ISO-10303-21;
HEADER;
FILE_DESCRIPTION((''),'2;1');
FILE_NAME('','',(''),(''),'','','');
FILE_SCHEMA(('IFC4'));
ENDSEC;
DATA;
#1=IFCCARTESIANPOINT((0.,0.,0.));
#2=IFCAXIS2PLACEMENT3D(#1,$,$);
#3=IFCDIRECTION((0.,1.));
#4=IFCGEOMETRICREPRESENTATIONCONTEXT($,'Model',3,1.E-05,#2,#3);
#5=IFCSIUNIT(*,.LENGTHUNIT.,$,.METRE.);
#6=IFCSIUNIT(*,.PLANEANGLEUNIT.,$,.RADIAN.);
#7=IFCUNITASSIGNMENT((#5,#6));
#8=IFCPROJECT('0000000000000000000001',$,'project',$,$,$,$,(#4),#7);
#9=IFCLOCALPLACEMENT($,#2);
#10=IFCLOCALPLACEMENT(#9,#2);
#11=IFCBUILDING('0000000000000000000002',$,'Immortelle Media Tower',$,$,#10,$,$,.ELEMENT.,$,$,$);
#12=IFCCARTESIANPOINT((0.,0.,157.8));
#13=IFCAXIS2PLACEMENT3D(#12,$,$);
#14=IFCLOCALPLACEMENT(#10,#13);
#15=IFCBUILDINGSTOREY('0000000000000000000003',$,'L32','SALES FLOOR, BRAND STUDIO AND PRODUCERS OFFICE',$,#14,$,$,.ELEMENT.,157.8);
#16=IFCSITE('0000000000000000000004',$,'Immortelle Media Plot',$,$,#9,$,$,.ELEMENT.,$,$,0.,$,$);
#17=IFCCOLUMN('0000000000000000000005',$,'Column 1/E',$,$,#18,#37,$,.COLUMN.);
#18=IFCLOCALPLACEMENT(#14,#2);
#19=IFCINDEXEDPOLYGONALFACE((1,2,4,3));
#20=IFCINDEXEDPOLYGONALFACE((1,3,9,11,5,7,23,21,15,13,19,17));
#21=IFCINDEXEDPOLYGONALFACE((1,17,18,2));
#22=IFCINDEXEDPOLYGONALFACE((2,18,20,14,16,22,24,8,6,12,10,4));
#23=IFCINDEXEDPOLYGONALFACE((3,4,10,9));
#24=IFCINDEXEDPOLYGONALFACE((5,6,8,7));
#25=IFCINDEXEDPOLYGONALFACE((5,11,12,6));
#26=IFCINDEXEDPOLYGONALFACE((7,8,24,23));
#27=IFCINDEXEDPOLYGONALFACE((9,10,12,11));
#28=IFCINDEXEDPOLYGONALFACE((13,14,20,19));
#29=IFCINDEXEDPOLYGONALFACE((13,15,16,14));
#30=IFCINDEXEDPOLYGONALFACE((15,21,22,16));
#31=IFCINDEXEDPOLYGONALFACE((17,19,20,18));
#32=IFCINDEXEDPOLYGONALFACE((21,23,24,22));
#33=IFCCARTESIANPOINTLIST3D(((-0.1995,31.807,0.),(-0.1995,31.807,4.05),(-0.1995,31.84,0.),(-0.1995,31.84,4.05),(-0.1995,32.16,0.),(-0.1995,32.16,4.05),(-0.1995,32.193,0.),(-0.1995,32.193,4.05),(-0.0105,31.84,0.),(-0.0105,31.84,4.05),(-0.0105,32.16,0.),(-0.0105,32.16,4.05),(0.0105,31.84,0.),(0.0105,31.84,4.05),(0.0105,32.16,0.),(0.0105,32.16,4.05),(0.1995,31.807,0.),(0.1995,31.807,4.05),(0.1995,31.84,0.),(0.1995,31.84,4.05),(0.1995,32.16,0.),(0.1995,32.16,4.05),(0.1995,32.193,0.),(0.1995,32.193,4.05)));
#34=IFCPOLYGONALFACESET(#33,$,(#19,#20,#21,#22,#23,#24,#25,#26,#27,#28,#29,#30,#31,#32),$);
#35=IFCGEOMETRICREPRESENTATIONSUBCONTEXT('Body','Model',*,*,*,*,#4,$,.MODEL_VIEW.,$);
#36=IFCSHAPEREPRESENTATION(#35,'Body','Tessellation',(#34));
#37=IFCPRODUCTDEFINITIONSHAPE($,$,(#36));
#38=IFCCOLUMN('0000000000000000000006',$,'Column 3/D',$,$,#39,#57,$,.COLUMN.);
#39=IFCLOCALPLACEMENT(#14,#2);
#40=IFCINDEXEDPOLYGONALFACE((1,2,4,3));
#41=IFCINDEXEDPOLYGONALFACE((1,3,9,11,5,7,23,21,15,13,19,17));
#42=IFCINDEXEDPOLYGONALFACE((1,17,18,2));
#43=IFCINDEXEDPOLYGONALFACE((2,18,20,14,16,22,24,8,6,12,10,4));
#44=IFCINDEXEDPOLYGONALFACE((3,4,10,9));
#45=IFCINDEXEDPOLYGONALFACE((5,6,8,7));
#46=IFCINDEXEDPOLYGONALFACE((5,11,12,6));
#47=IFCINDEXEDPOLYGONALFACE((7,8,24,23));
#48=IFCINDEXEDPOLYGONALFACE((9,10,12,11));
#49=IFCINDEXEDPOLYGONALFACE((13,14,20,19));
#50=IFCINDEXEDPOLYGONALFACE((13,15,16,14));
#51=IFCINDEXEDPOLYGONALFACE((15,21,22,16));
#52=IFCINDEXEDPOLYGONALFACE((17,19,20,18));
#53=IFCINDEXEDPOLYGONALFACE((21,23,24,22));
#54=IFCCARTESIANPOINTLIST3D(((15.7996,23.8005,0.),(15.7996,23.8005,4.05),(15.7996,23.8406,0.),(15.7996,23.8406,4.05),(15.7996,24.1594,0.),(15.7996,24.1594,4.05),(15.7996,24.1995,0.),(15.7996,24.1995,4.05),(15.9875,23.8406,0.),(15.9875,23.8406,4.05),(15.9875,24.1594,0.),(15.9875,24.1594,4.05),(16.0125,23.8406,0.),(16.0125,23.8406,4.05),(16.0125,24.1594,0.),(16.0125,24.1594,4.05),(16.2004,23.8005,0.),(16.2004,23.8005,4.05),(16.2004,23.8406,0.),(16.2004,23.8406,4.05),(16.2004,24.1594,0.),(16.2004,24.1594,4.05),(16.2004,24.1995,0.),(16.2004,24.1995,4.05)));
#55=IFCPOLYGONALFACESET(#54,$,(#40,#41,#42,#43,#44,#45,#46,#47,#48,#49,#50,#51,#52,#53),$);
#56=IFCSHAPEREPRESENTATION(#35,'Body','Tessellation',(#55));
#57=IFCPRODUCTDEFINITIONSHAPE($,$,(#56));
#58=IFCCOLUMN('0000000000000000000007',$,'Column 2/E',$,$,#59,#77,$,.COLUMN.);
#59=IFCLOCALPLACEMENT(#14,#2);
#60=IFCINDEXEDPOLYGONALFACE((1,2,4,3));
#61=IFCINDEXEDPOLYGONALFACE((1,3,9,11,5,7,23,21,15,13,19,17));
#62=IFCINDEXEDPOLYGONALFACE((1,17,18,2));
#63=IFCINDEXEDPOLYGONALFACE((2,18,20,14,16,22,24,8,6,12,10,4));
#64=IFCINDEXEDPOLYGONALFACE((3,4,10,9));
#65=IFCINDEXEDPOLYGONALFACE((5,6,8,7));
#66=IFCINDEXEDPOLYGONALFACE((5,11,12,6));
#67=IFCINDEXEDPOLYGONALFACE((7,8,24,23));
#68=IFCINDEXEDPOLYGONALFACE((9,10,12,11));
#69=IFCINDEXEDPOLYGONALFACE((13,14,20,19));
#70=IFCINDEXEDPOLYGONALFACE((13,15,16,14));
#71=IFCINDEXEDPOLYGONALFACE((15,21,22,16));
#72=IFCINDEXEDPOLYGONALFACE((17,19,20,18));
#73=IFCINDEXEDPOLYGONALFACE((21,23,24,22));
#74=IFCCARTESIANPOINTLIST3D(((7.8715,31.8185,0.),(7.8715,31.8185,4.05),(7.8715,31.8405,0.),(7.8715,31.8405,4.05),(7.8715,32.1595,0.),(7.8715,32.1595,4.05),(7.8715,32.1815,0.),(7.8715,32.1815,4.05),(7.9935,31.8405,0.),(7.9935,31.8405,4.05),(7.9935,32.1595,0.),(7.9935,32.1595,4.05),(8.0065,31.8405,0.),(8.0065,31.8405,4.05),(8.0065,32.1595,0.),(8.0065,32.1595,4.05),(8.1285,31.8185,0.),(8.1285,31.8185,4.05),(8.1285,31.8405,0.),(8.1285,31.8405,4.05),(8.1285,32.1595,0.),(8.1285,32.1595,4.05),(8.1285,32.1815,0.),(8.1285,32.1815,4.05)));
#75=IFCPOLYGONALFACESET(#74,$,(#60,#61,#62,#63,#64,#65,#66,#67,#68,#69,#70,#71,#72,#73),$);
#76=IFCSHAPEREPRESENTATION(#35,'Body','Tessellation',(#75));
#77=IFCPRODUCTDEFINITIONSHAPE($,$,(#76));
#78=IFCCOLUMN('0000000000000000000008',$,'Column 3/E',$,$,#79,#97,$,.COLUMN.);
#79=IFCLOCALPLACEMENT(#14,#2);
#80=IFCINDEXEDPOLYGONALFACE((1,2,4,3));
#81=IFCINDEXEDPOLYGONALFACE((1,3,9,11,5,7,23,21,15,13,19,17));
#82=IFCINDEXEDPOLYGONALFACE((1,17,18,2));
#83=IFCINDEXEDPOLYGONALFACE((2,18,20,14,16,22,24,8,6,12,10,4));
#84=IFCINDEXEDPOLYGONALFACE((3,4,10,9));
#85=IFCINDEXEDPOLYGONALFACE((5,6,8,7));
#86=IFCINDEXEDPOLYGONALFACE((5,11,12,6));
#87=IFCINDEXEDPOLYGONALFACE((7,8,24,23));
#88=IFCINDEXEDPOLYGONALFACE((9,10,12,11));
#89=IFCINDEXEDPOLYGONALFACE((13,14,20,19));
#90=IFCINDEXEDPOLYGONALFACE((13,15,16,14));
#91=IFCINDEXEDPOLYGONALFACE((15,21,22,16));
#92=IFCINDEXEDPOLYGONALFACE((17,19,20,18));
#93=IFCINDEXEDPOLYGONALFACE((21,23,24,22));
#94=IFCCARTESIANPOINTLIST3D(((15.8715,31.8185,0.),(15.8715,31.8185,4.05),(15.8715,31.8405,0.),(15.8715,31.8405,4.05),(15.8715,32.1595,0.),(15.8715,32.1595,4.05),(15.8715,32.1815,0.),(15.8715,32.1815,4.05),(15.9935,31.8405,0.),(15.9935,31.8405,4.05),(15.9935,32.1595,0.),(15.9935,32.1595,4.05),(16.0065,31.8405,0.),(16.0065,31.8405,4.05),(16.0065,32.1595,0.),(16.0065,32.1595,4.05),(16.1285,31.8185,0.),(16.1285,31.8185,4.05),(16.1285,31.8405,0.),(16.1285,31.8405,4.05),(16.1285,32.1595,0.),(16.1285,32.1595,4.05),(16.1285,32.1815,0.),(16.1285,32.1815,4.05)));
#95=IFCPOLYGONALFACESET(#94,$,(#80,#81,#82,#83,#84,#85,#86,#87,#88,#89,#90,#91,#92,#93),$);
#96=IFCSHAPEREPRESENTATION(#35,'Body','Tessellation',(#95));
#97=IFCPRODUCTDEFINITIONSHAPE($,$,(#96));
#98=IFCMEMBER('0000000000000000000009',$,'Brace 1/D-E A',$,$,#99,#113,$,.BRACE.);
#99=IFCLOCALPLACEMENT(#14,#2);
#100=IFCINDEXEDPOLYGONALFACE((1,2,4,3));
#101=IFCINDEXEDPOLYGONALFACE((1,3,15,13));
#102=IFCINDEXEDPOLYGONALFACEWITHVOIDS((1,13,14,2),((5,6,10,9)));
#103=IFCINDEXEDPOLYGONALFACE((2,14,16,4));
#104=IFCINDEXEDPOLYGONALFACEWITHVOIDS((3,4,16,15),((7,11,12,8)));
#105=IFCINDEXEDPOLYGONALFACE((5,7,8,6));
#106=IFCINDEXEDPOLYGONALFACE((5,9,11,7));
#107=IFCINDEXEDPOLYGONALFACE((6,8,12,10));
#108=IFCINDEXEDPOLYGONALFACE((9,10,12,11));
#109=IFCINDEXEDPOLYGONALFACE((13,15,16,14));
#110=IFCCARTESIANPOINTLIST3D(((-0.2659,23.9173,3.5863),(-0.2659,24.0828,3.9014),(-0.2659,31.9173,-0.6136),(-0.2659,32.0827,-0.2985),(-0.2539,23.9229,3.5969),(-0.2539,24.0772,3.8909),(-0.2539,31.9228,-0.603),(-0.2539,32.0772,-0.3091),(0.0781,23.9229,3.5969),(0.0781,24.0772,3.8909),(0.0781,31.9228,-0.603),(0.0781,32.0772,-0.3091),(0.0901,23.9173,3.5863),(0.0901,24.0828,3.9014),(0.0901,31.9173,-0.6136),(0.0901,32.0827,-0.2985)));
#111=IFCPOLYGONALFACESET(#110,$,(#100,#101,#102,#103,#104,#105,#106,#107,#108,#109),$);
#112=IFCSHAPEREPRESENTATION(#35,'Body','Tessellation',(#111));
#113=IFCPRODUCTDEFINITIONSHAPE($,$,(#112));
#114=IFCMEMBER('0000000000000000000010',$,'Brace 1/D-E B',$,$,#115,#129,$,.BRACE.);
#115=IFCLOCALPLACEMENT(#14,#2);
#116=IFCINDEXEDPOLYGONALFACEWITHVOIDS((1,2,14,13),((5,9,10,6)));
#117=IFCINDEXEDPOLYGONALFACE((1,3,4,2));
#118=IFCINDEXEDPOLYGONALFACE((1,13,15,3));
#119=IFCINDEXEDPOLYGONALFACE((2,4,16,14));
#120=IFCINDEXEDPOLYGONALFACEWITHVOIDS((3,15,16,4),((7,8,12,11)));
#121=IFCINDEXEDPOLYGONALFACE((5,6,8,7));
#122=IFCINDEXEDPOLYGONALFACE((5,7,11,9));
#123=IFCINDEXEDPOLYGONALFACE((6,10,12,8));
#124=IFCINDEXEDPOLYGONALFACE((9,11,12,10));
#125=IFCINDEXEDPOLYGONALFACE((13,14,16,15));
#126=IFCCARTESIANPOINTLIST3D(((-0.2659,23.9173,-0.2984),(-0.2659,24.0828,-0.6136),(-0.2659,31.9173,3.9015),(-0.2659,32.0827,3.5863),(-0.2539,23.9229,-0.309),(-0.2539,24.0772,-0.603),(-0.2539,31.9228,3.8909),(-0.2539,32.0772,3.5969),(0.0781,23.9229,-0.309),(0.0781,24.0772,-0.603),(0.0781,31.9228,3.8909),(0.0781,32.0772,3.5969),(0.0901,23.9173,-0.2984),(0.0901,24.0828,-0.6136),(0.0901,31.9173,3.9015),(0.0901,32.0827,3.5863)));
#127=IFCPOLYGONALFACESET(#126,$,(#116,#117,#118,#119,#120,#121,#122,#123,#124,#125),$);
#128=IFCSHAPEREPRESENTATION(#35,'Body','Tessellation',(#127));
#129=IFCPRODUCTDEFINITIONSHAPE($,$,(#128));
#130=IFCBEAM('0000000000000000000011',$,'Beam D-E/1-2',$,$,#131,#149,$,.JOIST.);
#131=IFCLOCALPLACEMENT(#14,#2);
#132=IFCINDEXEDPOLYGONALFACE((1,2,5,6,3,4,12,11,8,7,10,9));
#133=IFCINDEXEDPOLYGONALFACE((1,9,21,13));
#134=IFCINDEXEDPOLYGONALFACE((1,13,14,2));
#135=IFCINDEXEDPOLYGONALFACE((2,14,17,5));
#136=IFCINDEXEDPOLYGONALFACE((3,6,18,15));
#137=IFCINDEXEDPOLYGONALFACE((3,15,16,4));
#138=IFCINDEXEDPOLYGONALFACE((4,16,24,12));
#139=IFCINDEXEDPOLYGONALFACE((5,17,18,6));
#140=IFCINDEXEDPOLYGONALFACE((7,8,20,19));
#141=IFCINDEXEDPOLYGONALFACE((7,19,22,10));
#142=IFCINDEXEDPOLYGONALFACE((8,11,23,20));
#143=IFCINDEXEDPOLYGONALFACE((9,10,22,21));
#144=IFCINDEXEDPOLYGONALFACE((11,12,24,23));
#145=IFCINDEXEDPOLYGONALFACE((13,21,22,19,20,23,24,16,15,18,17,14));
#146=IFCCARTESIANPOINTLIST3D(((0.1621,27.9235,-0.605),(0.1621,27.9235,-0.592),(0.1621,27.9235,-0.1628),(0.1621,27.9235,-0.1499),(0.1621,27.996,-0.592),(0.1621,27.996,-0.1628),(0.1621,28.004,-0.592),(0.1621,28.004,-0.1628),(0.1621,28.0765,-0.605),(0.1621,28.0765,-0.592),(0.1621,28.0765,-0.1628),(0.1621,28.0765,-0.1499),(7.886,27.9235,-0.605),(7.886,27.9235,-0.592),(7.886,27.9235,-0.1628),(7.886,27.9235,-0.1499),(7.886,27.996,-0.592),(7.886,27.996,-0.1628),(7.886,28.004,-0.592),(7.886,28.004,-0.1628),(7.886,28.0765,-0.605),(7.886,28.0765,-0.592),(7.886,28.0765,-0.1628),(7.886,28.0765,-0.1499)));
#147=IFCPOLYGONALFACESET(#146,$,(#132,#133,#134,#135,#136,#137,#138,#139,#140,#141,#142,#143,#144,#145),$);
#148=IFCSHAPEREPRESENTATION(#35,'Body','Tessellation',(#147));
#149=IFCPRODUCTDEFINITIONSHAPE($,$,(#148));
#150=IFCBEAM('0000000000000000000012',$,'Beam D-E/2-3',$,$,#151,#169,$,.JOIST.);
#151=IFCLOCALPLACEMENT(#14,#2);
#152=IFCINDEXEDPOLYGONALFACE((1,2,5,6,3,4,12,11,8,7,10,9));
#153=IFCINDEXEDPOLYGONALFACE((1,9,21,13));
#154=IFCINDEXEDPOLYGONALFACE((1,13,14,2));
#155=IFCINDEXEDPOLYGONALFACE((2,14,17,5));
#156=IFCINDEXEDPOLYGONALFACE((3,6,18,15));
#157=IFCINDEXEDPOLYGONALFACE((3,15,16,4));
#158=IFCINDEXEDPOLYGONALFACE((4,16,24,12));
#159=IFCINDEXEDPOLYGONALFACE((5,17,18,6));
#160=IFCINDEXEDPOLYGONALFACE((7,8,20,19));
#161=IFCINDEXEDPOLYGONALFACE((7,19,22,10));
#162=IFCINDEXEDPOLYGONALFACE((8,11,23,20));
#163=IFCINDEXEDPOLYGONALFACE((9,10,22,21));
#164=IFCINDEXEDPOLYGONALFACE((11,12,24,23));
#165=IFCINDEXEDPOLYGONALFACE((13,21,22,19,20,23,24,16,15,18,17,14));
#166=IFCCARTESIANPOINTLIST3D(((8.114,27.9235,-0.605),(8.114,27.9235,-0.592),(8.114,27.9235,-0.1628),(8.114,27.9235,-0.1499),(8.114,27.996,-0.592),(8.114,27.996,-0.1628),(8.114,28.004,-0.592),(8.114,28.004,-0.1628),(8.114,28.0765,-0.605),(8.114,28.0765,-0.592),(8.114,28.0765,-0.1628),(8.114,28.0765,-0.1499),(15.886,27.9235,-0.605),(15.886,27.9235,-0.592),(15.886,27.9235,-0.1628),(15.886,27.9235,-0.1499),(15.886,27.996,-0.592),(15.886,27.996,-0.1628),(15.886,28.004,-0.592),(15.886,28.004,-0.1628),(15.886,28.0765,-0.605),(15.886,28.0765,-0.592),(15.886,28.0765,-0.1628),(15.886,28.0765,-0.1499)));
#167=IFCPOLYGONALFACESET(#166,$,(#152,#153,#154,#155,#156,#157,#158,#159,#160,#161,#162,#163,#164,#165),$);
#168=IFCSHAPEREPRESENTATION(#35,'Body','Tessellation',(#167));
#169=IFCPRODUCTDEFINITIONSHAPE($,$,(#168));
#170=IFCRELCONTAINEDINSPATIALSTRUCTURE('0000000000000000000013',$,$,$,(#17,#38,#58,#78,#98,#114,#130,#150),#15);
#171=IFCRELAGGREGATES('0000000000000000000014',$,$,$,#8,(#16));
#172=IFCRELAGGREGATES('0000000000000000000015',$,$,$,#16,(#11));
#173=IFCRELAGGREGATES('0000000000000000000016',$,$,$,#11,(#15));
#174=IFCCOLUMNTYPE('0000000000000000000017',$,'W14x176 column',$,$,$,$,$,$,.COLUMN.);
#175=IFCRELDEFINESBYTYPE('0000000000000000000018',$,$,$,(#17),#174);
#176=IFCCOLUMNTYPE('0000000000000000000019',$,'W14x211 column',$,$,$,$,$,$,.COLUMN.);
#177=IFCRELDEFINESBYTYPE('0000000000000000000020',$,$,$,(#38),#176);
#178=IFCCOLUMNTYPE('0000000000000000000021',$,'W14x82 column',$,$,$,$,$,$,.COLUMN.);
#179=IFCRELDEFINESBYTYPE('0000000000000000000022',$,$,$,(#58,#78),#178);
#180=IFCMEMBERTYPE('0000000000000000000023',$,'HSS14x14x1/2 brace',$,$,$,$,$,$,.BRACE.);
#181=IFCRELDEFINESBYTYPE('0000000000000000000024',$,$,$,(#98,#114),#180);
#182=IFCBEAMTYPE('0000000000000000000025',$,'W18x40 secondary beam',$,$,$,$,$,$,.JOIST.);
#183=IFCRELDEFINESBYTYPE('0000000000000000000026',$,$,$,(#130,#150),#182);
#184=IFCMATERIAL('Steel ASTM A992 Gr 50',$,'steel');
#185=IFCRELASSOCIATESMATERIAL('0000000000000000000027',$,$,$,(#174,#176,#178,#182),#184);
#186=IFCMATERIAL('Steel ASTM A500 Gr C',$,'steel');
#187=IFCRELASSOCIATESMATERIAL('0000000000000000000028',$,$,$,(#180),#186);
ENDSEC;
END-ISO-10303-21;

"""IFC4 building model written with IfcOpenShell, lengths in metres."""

from ifc_helpers import new_model, si_unit, direction, frame, origin, origin_2d, place, context, subcontext, project, spatial, hollow_rectangle, i_section, extrude, material, material_profile, profile_set, type_object, element, save


model = new_model("IFC4")

# Units and contexts
model_context = context("Model", 3, precision=1e-05, world=origin(), true_north=direction((0.0, 1.0)))
body_context = subcontext(model_context, "Body", "Model", "MODEL_VIEW")
ifc_project = project(units=[si_unit("LENGTHUNIT", "METRE"), si_unit("PLANEANGLEUNIT", "RADIAN")], contexts=[model_context])

# Site, building, storey
site_placement = place(None, origin())
site = spatial("IfcSite", under=ifc_project, at=site_placement, Name="Immortelle Media Plot", CompositionType="ELEMENT", RefElevation=0.0)
building_placement = place(site_placement, origin())
building = spatial("IfcBuilding", under=site, at=building_placement, Name="Immortelle Media Tower", CompositionType="ELEMENT")
storey_placement = place(building_placement, frame((0.0, 0.0, 157.8)))
storey = spatial("IfcBuildingStorey", under=building, at=storey_placement, Name="L32", Description="SALES FLOOR, BRAND STUDIO AND PRODUCERS OFFICE", CompositionType="ELEMENT", Elevation=157.8)

# Columns
ifc_material_1 = material(Name="Steel ASTM A992 Gr 50", Category="steel")
ifc_material_profile_1 = material_profile(ifc_material_1, i_section(OverallWidth=0.3989, OverallDepth=0.386, WebThickness=0.021, FlangeThickness=0.033, at=origin_2d()), Name="W14x176")
ifc_profile_set_1 = profile_set([ifc_material_profile_1], Name="Steel ASTM A992 Gr 50")
column_type_1 = type_object("IfcColumnType", Name="W14x176 column", PredefinedType="COLUMN", material=ifc_profile_set_1)
column_1_placement = place(storey_placement, frame((0.0, 32.0, 0.0), z_axis=(0.0, 0.0, 1.0), x_axis=(1.0, 0.0, 0.0)))
element("IfcColumn", 1, at=column_1_placement, inside=storey, type_object=column_type_1, Name="Column 1/E", PredefinedType="COLUMN", context=body_context, shape_type="SweptSolid", body=[
    extrude(i_section(OverallWidth=0.3989, OverallDepth=0.386, WebThickness=0.021, FlangeThickness=0.033, at=origin_2d()), origin(), (0.0, 0.0, 1.0), 4.05),
])
ifc_material_profile_2 = material_profile(ifc_material_1, i_section(OverallWidth=0.4009, OverallDepth=0.3989, WebThickness=0.0249, FlangeThickness=0.04, at=origin_2d()), Name="W14x211")
ifc_profile_set_2 = profile_set([ifc_material_profile_2], Name="Steel ASTM A992 Gr 50")
column_type_2 = type_object("IfcColumnType", Name="W14x211 column", PredefinedType="COLUMN", material=ifc_profile_set_2)
column_2_placement = place(storey_placement, frame((16.0, 24.0, 0.0), z_axis=(0.0, 0.0, 1.0), x_axis=(1.0, 0.0, 0.0)))
element("IfcColumn", 2, at=column_2_placement, inside=storey, type_object=column_type_2, Name="Column 3/D", PredefinedType="COLUMN", context=body_context, shape_type="SweptSolid", body=[
    extrude(i_section(OverallWidth=0.4009, OverallDepth=0.3989, WebThickness=0.0249, FlangeThickness=0.04, at=origin_2d()), origin(), (0.0, 0.0, 1.0), 4.05),
])
ifc_material_profile_3 = material_profile(ifc_material_1, i_section(OverallWidth=0.2571, OverallDepth=0.363, WebThickness=0.0129, FlangeThickness=0.022, at=origin_2d()), Name="W14x82")
ifc_profile_set_3 = profile_set([ifc_material_profile_3], Name="Steel ASTM A992 Gr 50")
column_type_3 = type_object("IfcColumnType", Name="W14x82 column", PredefinedType="COLUMN", material=ifc_profile_set_3)
for number, where, z_axis, x_axis, name in (
    (3, (8.0, 32.0, 0.0), (0.0, 0.0, 1.0), (1.0, 0.0, 0.0), "Column 2/E"),
    (4, (16.0, 32.0, 0.0), (0.0, 0.0, 1.0), (1.0, 0.0, 0.0), "Column 3/E"),
):
    element("IfcColumn", number, at=place(storey_placement, frame(where, z_axis=z_axis, x_axis=x_axis)), inside=storey, type_object=column_type_3, Name=name, PredefinedType="COLUMN", context=body_context, shape_type="SweptSolid", body=[
        extrude(i_section(OverallWidth=0.2571, OverallDepth=0.363, WebThickness=0.0129, FlangeThickness=0.022, at=origin_2d()), origin(), (0.0, 0.0, 1.0), 4.05),
    ])

# Members
ifc_material_2 = material(Name="Steel ASTM A500 Gr C", Category="steel")
ifc_material_profile_4 = material_profile(ifc_material_2, hollow_rectangle(XDim=0.356, YDim=0.356, WallThickness=0.012, at=origin_2d()), Name="HSS14x14x1/2 brace")
ifc_profile_set_4 = profile_set([ifc_material_profile_4], Name="Steel ASTM A500 Gr C")
member_type = type_object("IfcMemberType", Name="HSS14x14x1/2 brace", PredefinedType="BRACE", material=ifc_profile_set_4)
for number, where, z_axis, x_axis, name in (
    (5, (-0.0879, 32.0, -0.4561), (0.0, -0.8854, 0.46483), (1.0, 0.0, 0.0), "Brace 1/D-E A"),
    (6, (-0.0879, 32.0, 3.7439), (0.0, -0.8854, -0.46483), (1.0, 0.0, 0.0), "Brace 1/D-E B"),
):
    element("IfcMember", number, at=place(storey_placement, frame(where, z_axis=z_axis, x_axis=x_axis)), inside=storey, type_object=member_type, Name=name, PredefinedType="BRACE", context=body_context, shape_type="SweptSolid", body=[
        extrude(hollow_rectangle(XDim=0.356, YDim=0.356, WallThickness=0.012, at=origin_2d()), origin(), (0.0, 0.0, 1.0), 9.0354),
    ])

# Beams
ifc_material_profile_5 = material_profile(ifc_material_1, i_section(OverallWidth=0.1531, OverallDepth=0.4551, WebThickness=0.0081, FlangeThickness=0.0129, at=origin_2d()), Name="W18x40")
ifc_profile_set_5 = profile_set([ifc_material_profile_5], Name="Steel ASTM A992 Gr 50")
beam_type_1 = type_object("IfcBeamType", Name="W18x40 secondary beam", PredefinedType="JOIST", material=ifc_profile_set_5)
beam_1_placement = place(storey_placement, frame((0.1621, 28.0, -0.3774), z_axis=(1.0, 0.0, 0.0), x_axis=(0.0, 1.0, 0.0)))
element("IfcBeam", 7, at=beam_1_placement, inside=storey, type_object=beam_type_1, Name="Beam D-E/1-2", PredefinedType="JOIST", context=body_context, shape_type="SweptSolid", body=[
    extrude(i_section(OverallWidth=0.1531, OverallDepth=0.4551, WebThickness=0.0081, FlangeThickness=0.0129, at=origin_2d()), origin(), (0.0, 0.0, 1.0), 7.7239),
])
beam_2_placement = place(storey_placement, frame((8.114, 28.0, -0.3774), z_axis=(1.0, 0.0, 0.0), x_axis=(0.0, 1.0, 0.0)))
element("IfcBeam", 8, at=beam_2_placement, inside=storey, type_object=beam_type_1, Name="Beam D-E/2-3", PredefinedType="JOIST", context=body_context, shape_type="SweptSolid", body=[
    extrude(i_section(OverallWidth=0.1531, OverallDepth=0.4551, WebThickness=0.0081, FlangeThickness=0.0129, at=origin_2d()), origin(), (0.0, 0.0, 1.0), 7.772),
])

save(model, "model.ifc")
